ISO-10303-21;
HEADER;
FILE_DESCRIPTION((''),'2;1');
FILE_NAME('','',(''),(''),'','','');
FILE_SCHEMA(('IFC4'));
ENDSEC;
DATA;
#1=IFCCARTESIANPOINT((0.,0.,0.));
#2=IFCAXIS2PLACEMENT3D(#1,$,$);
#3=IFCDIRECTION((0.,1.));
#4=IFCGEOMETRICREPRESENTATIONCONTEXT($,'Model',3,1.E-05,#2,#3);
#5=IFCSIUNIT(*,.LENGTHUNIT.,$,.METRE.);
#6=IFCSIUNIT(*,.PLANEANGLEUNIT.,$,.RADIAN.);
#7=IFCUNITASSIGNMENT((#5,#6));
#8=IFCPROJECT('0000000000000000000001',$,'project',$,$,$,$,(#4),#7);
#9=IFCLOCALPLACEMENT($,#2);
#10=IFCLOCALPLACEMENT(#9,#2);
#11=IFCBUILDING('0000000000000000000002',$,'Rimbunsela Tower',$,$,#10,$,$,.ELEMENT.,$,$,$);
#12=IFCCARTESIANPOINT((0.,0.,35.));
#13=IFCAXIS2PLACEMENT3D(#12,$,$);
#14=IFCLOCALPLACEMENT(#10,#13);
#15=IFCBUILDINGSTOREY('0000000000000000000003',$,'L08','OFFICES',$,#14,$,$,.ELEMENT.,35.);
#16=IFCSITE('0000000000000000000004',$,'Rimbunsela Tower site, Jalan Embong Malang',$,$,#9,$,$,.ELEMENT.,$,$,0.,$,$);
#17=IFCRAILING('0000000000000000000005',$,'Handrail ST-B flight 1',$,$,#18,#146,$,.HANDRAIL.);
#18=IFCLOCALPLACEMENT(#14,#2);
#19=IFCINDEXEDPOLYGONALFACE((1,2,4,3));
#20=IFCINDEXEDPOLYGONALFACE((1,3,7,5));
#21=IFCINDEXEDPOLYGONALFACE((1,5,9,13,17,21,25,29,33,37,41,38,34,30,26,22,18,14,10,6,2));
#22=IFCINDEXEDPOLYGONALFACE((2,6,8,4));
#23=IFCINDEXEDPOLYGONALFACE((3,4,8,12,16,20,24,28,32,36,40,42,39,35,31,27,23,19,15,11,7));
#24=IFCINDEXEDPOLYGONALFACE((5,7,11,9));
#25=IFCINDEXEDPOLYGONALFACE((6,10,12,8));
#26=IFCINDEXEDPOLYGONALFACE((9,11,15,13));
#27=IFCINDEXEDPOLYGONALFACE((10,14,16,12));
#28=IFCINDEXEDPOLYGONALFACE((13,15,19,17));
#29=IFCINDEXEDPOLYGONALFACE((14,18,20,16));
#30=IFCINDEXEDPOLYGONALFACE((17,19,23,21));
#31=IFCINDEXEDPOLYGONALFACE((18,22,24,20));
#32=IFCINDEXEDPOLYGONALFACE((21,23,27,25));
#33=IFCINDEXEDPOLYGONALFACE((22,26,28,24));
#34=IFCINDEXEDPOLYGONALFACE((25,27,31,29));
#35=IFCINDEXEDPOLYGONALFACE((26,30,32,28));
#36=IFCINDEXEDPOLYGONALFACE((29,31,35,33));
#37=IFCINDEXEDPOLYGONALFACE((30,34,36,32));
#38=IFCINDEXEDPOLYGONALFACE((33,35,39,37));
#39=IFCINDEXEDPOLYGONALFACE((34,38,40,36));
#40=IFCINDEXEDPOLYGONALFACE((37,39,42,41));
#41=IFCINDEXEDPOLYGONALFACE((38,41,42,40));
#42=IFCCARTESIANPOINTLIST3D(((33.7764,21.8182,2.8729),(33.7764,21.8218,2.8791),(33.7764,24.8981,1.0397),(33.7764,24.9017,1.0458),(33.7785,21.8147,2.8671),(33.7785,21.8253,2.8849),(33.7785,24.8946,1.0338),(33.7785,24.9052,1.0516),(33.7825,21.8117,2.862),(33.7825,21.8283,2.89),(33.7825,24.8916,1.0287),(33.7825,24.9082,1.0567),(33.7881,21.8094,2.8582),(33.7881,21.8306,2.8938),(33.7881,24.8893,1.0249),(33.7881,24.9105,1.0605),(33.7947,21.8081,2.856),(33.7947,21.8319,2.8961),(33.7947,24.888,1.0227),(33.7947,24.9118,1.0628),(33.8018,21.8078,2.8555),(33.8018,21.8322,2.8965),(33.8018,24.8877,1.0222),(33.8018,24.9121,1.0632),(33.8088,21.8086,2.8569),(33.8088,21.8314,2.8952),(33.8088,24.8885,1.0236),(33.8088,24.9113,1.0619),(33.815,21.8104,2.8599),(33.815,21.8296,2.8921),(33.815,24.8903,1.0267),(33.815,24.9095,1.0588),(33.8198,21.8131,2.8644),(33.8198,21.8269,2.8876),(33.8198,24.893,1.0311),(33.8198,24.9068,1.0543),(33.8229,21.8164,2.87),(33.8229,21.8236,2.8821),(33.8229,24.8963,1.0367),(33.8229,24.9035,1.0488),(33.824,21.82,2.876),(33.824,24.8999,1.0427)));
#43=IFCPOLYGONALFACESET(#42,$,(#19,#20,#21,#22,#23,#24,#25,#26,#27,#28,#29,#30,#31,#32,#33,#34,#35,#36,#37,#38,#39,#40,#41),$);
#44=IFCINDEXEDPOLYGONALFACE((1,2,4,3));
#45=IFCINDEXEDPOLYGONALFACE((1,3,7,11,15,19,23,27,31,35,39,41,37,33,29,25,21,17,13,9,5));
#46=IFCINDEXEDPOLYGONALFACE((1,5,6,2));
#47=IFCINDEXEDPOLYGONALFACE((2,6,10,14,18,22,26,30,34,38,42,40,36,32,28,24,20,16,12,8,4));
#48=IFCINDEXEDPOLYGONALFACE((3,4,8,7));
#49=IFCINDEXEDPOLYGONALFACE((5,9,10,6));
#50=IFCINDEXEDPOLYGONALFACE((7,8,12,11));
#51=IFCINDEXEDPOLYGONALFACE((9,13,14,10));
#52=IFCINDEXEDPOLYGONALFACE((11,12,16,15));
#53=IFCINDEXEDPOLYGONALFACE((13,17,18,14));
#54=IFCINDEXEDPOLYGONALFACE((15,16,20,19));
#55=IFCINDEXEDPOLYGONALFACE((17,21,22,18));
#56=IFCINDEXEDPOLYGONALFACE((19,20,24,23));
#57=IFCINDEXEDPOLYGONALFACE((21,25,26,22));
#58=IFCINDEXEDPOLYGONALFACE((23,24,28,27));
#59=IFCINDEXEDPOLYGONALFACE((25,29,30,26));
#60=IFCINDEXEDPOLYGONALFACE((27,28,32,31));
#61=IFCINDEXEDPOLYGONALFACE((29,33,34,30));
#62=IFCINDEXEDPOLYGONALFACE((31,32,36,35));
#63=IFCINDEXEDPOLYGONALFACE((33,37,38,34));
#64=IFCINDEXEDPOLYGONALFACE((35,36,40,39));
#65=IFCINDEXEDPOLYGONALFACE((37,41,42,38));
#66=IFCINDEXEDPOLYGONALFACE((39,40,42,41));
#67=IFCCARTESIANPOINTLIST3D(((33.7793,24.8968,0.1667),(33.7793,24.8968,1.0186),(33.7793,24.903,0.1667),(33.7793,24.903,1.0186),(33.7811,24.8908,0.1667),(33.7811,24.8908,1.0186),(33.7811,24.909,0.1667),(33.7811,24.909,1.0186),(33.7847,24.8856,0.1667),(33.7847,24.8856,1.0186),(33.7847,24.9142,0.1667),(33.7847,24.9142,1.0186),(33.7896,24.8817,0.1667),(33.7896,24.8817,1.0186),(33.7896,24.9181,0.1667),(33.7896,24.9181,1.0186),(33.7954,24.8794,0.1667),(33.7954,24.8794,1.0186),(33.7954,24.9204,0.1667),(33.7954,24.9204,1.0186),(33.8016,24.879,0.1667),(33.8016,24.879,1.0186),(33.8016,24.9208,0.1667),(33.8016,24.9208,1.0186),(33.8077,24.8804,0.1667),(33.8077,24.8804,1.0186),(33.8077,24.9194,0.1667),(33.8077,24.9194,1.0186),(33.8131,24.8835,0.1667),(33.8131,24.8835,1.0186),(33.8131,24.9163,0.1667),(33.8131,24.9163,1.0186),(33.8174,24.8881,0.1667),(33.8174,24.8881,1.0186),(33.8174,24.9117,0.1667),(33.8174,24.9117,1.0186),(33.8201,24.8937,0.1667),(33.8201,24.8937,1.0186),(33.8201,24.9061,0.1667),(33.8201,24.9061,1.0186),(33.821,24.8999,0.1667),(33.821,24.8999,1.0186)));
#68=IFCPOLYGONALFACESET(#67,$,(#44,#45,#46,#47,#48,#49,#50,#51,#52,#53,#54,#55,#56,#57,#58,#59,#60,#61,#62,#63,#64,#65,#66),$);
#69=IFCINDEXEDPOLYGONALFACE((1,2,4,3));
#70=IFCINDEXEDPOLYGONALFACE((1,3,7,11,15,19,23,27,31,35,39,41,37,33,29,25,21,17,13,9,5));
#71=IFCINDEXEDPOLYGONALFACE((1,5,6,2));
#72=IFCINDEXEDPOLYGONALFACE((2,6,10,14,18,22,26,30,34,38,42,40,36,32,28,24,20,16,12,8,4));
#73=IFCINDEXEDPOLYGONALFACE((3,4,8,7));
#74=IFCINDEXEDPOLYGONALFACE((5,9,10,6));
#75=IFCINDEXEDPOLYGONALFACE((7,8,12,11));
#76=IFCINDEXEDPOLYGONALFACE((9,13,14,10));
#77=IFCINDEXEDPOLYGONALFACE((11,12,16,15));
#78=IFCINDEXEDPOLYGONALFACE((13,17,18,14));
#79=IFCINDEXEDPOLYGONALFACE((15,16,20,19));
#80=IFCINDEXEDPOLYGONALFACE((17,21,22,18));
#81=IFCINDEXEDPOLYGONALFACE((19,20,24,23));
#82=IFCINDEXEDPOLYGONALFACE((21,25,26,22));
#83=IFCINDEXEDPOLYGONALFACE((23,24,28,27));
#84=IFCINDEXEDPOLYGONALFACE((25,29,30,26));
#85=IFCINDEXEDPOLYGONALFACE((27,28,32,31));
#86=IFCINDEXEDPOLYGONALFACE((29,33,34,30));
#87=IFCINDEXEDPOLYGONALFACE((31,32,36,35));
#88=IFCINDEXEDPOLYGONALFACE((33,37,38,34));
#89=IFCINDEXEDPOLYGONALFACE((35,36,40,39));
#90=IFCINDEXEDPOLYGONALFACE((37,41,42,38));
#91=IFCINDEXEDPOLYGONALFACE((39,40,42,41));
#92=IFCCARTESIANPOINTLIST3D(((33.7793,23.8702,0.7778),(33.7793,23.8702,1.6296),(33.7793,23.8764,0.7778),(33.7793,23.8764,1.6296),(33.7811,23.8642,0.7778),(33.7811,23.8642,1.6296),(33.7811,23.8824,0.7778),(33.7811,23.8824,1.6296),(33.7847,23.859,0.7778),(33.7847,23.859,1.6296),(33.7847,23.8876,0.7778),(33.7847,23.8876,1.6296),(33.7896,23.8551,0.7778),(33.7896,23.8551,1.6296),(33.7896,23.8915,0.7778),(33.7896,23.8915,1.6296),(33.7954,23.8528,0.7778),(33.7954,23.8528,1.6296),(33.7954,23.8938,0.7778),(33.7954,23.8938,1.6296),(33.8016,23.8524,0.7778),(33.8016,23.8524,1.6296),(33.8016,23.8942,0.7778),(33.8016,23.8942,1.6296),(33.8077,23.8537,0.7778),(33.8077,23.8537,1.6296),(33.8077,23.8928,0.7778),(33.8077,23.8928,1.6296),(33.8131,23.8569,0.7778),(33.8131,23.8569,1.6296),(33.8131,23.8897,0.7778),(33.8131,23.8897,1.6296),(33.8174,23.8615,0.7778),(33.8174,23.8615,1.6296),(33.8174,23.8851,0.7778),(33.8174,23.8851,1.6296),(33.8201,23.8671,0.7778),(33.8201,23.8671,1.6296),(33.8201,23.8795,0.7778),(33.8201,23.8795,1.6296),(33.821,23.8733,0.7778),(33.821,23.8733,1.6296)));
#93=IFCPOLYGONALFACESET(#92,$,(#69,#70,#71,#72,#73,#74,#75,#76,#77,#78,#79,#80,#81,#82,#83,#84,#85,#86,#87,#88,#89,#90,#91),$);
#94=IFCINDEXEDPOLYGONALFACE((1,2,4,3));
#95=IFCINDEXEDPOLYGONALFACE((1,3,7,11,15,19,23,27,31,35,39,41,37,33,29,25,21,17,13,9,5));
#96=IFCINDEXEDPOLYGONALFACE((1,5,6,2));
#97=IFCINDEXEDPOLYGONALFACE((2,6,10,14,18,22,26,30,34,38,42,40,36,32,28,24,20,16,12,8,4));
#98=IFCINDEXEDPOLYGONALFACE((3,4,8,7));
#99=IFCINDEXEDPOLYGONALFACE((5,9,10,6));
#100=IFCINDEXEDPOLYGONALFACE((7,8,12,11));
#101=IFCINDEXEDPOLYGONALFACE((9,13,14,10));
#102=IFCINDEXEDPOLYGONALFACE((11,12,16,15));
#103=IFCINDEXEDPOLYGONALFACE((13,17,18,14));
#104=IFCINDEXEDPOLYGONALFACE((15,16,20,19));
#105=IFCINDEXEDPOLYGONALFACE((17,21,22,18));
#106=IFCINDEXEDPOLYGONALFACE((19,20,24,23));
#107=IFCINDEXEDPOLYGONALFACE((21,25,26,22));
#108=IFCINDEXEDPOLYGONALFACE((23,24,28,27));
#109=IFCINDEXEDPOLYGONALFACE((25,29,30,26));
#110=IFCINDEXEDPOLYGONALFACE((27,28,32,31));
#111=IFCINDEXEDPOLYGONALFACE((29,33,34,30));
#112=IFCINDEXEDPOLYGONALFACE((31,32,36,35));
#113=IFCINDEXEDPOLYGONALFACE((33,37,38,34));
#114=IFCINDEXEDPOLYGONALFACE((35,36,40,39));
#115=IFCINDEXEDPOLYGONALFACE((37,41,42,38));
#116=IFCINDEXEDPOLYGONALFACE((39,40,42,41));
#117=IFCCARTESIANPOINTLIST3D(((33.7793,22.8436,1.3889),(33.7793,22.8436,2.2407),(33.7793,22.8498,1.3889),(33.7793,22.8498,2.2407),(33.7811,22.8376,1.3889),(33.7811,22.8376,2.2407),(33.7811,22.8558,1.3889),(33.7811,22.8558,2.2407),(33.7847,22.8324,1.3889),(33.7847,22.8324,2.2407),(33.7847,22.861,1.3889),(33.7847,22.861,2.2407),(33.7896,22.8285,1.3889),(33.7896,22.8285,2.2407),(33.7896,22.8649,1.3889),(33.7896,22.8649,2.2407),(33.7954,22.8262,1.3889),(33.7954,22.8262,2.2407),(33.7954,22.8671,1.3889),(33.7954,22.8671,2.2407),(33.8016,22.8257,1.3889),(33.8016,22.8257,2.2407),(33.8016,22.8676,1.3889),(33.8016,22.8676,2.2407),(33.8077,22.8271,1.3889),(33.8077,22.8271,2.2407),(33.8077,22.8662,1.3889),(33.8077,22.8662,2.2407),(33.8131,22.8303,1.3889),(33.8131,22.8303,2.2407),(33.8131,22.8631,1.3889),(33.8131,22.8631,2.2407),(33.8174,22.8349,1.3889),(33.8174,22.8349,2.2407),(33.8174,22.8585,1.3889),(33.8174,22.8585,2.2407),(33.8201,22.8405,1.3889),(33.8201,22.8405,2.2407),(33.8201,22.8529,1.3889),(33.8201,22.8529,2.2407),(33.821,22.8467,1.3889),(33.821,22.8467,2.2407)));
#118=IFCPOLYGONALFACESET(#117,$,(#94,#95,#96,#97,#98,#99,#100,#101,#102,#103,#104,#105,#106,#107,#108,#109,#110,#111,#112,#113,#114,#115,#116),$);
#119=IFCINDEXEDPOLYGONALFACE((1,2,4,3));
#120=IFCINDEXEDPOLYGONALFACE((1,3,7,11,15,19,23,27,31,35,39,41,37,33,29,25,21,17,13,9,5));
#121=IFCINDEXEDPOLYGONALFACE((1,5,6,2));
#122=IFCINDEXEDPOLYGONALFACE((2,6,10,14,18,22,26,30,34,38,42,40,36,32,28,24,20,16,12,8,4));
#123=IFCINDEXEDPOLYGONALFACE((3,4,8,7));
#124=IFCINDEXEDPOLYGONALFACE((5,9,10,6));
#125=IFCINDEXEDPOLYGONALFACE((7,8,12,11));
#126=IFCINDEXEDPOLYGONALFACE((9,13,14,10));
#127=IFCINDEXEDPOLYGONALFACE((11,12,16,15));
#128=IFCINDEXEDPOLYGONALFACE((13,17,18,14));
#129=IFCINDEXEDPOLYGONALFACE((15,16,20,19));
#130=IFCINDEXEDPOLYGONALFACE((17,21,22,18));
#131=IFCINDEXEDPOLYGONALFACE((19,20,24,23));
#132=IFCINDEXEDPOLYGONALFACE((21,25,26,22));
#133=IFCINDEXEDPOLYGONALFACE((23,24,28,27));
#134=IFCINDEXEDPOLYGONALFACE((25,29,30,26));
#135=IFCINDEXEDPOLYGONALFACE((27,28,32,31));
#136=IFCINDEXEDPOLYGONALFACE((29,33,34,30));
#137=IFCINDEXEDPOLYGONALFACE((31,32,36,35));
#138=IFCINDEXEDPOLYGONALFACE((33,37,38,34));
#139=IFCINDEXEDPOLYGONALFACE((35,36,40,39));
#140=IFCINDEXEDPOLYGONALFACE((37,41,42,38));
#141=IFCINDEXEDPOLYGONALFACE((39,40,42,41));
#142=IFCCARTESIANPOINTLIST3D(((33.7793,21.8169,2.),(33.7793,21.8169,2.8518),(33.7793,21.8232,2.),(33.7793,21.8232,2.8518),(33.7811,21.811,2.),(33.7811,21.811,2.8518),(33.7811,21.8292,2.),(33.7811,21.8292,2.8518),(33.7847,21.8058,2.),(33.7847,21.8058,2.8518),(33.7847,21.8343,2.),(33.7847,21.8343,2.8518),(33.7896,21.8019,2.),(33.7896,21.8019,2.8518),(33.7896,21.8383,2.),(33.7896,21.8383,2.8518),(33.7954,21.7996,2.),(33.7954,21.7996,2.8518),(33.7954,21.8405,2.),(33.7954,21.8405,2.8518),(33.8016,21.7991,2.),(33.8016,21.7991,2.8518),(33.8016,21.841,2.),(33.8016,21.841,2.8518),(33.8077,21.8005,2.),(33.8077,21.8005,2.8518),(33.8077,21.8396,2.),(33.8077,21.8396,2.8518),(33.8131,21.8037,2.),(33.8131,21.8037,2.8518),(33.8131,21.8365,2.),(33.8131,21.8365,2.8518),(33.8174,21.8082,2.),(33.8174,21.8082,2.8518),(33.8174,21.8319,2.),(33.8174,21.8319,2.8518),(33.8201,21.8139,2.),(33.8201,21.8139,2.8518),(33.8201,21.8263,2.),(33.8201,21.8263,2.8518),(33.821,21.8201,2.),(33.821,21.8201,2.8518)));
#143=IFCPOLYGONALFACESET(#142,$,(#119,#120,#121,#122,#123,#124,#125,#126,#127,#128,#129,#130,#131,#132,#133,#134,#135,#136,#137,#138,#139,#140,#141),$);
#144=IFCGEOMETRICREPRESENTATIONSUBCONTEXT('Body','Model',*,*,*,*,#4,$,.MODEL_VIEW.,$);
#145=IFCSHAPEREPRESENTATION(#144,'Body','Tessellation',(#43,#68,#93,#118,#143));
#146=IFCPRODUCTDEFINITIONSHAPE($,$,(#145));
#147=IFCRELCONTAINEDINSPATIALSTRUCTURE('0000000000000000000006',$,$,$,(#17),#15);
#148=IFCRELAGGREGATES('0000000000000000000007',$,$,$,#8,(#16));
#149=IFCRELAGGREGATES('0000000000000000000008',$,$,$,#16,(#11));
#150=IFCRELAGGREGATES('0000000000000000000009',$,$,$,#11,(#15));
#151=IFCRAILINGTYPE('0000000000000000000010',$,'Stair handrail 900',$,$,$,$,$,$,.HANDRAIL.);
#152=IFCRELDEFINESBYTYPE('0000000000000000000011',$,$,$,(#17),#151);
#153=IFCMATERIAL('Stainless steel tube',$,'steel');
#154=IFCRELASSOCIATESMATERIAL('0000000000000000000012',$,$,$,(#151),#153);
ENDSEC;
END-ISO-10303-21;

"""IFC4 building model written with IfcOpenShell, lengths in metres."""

from ifc_helpers import new_model, si_unit, direction, frame, origin, origin_2d, place, context, subcontext, project, spatial, circle, extrude, material, type_object, element, save


model = new_model("IFC4")

# Units and contexts
model_context = context("Model", 3, precision=1e-05, world=origin(), true_north=direction((0.0, 1.0)))
body_context = subcontext(model_context, "Body", "Model", "MODEL_VIEW")
ifc_project = project(units=[si_unit("LENGTHUNIT", "METRE"), si_unit("PLANEANGLEUNIT", "RADIAN")], contexts=[model_context])

# Site, building, storey
site_placement = place(None, origin())
site = spatial("IfcSite", under=ifc_project, at=site_placement, Name="Rimbunsela Tower site, Jalan Embong Malang", CompositionType="ELEMENT", RefElevation=0.0)
building_placement = place(site_placement, origin())
building = spatial("IfcBuilding", under=site, at=building_placement, Name="Rimbunsela Tower", CompositionType="ELEMENT")
storey_placement = place(building_placement, frame((0.0, 0.0, 35.0)))
storey = spatial("IfcBuildingStorey", under=building, at=storey_placement, Name="L08", Description="OFFICES", CompositionType="ELEMENT", Elevation=35.0)

# Railing
ifc_material_1 = material(Name="Stainless steel tube", Category="steel")
railing_type = type_object("IfcRailingType", Name="Stair handrail 900", PredefinedType="HANDRAIL", material=ifc_material_1)
railing_1_placement = place(storey_placement, frame((33.8, 24.8999, 0.1667)))
element("IfcRailing", 1, at=railing_1_placement, inside=storey, type_object=railing_type, Name="Handrail ST-B flight 1", PredefinedType="HANDRAIL", context=body_context, shape_type="SweptSolid", body=[
    extrude(circle(Radius=0.0239, at=origin_2d()), frame((0.0, 0.0, 0.876), z_axis=(0.0, -0.859291, 0.511487), x_axis=(1.0, 0.0, 0.0)), (0.0, 0.0, 1.0), 3.5842),
    extrude(circle(Radius=0.021, at=origin_2d()), origin(), (0.0, 0.0, 1.0), 0.8518),
    extrude(circle(Radius=0.021, at=origin_2d()), frame((0.0, -1.0266, 0.6111)), (0.0, 0.0, 1.0), 0.8518),
    extrude(circle(Radius=0.021, at=origin_2d()), frame((0.0, -2.0532, 1.2222)), (0.0, 0.0, 1.0), 0.8518),
    extrude(circle(Radius=0.021, at=origin_2d()), frame((0.0, -3.0798, 1.8333)), (0.0, 0.0, 1.0), 0.8518),
])

save(model, "model.ifc")
